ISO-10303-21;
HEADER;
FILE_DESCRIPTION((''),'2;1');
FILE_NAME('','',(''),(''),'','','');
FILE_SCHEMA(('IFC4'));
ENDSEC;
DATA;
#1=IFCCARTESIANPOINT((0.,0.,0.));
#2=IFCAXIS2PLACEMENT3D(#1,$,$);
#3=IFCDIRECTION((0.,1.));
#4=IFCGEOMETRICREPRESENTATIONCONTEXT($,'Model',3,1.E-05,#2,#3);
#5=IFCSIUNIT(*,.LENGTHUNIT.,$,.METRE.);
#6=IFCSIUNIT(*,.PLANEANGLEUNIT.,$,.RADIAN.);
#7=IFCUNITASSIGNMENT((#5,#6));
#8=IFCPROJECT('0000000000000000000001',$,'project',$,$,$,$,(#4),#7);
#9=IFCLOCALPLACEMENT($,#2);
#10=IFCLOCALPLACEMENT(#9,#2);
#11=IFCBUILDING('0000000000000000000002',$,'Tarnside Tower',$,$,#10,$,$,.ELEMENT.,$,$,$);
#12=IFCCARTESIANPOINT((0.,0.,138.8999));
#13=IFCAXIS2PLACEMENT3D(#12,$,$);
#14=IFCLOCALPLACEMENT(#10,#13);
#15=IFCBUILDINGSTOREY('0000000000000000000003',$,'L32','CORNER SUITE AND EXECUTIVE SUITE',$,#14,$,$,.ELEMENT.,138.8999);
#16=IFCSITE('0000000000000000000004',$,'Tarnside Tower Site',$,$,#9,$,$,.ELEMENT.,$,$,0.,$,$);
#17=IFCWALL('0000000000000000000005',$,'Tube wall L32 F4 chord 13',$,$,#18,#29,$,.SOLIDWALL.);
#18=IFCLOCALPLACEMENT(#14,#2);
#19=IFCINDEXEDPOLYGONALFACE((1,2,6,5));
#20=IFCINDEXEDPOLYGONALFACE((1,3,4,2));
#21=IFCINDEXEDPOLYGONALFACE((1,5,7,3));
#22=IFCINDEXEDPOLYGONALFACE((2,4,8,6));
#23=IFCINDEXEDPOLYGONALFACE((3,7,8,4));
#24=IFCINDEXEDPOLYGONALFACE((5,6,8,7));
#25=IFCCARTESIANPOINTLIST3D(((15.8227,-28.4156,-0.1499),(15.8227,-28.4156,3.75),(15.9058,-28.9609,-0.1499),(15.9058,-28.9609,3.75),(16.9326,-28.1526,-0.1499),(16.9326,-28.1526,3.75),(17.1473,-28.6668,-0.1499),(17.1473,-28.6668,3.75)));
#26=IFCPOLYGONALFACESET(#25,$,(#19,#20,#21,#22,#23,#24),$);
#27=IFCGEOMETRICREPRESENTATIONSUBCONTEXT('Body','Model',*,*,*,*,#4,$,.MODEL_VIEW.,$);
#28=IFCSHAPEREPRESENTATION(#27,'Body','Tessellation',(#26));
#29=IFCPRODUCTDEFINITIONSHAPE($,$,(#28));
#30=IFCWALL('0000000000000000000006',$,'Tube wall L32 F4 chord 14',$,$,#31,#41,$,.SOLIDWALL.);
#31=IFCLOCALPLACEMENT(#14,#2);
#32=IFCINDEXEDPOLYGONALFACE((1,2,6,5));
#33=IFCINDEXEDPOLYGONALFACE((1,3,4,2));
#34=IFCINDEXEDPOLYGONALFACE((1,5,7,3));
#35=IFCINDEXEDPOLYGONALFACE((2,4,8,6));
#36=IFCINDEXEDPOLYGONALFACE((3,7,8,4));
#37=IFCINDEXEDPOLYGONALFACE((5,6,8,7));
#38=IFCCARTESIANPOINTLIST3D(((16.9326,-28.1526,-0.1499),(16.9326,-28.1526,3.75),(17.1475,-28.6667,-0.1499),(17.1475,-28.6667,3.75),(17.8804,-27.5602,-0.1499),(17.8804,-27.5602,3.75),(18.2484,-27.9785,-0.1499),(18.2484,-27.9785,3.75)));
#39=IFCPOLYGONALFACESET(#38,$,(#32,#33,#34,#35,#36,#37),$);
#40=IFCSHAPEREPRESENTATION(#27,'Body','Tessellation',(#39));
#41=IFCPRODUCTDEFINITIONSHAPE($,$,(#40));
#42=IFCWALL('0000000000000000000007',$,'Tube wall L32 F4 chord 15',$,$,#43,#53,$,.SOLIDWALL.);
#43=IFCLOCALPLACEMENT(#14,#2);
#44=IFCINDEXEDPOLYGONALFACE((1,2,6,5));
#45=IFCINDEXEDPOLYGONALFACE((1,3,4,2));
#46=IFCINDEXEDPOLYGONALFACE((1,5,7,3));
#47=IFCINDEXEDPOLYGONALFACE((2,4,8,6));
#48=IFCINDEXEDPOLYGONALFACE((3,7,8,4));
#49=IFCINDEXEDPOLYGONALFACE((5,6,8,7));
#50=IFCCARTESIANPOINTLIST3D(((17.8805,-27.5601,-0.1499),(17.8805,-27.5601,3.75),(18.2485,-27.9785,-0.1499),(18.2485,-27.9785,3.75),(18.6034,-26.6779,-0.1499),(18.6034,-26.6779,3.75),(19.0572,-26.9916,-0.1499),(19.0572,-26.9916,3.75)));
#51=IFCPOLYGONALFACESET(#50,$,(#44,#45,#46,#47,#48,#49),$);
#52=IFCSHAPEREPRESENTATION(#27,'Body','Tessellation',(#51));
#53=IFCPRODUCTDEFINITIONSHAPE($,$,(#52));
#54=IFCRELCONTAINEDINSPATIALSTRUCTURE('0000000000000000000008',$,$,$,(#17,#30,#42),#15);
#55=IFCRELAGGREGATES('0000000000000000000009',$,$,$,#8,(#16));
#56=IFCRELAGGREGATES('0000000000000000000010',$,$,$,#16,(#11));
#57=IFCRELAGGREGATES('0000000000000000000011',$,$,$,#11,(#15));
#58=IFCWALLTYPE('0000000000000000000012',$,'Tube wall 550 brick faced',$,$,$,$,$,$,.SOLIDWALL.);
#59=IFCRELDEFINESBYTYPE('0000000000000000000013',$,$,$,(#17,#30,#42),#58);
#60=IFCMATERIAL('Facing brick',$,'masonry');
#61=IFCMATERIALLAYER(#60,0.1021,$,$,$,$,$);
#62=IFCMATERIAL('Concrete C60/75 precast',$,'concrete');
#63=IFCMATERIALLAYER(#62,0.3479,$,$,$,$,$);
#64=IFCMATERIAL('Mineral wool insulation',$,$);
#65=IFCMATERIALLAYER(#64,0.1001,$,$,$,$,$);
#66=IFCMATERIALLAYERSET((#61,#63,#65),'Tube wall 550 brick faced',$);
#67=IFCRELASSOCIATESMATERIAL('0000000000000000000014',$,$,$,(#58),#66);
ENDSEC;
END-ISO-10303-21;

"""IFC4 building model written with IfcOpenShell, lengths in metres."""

from ifc_helpers import new_model, si_unit, direction, frame, origin, place, context, subcontext, project, spatial, polyline, outline, extrude, material, layer, layer_set, type_object, element, save


model = new_model("IFC4")

# Units and contexts
model_context = context("Model", 3, precision=1e-05, world=origin(), true_north=direction((0.0, 1.0)))
body_context = subcontext(model_context, "Body", "Model", "MODEL_VIEW")
ifc_project = project(units=[si_unit("LENGTHUNIT", "METRE"), si_unit("PLANEANGLEUNIT", "RADIAN")], contexts=[model_context])

# Site, building, storey
site_placement = place(None, origin())
site = spatial("IfcSite", under=ifc_project, at=site_placement, Name="Tarnside Tower Site", CompositionType="ELEMENT", RefElevation=0.0)
building_placement = place(site_placement, origin())
building = spatial("IfcBuilding", under=site, at=building_placement, Name="Tarnside Tower", CompositionType="ELEMENT")
storey_placement = place(building_placement, frame((0.0, 0.0, 138.8999)))
storey = spatial("IfcBuildingStorey", under=building, at=storey_placement, Name="L32", Description="CORNER SUITE AND EXECUTIVE SUITE", CompositionType="ELEMENT", Elevation=138.8999)

# Walls
ifc_material_1 = material(Name="Facing brick", Category="masonry")
ifc_layer_1 = layer(ifc_material_1, 0.1021)
ifc_material_2 = material(Name="Concrete C60/75 precast", Category="concrete")
ifc_layer_2 = layer(ifc_material_2, 0.3479)
ifc_material_3 = material(Name="Mineral wool insulation")
ifc_layer_3 = layer(ifc_material_3, 0.1001)
ifc_layer_set_1 = layer_set([ifc_layer_1, ifc_layer_2, ifc_layer_3], Name="Tube wall 550 brick faced")
wall_type_1 = type_object("IfcWallType", Name="Tube wall 550 brick faced", PredefinedType="SOLIDWALL", material=ifc_layer_set_1)
wall_1_placement = place(storey_placement, frame((15.8643, -28.6882, -0.1499), z_axis=(0.0, 0.0, 1.0), x_axis=(0.973064, 0.230537, 0.0)))
element("IfcWall", 1, at=wall_1_placement, inside=storey, type_object=wall_type_1, Name="Tube wall L32 F4 chord 13", PredefinedType="SOLIDWALL", context=body_context, shape_type="SweptSolid", body=[
    extrude(outline(polyline([(-0.0225, -0.2749), (1.2534, -0.2749), (1.1631, 0.2749), (0.0225, 0.2749), (-0.0225, -0.2749)])), origin(), (0.0, 0.0, 1.0), 3.8999),
])
wall_2_placement = place(storey_placement, frame((17.04, -28.4097, -0.1499), z_axis=(0.0, 0.0, 1.0), x_axis=(0.847953, 0.530072, 0.0)))
element("IfcWall", 2, at=wall_2_placement, inside=storey, type_object=wall_type_1, Name="Tube wall L32 F4 chord 14", PredefinedType="SOLIDWALL", context=body_context, shape_type="SweptSolid", body=[
    extrude(outline(polyline([(-0.0452, -0.2749), (1.2532, -0.2749), (1.1628, 0.2749), (0.0452, 0.2749), (-0.0452, -0.2749)])), origin(), (0.0, 0.0, 1.0), 3.8999),
])
wall_3_placement = place(storey_placement, frame((18.0645, -27.7693, -0.1499), z_axis=(0.0, 0.0, 1.0), x_axis=(0.633843, 0.773462, 0.0)))
element("IfcWall", 3, at=wall_3_placement, inside=storey, type_object=wall_type_1, Name="Tube wall L32 F4 chord 15", PredefinedType="SOLIDWALL", context=body_context, shape_type="SweptSolid", body=[
    extrude(outline(polyline([(-0.0452, -0.2749), (1.2307, -0.2749), (1.1858, 0.2749), (0.0452, 0.2749), (-0.0452, -0.2749)])), origin(), (0.0, 0.0, 1.0), 3.8999),
])

save(model, "model.ifc")
